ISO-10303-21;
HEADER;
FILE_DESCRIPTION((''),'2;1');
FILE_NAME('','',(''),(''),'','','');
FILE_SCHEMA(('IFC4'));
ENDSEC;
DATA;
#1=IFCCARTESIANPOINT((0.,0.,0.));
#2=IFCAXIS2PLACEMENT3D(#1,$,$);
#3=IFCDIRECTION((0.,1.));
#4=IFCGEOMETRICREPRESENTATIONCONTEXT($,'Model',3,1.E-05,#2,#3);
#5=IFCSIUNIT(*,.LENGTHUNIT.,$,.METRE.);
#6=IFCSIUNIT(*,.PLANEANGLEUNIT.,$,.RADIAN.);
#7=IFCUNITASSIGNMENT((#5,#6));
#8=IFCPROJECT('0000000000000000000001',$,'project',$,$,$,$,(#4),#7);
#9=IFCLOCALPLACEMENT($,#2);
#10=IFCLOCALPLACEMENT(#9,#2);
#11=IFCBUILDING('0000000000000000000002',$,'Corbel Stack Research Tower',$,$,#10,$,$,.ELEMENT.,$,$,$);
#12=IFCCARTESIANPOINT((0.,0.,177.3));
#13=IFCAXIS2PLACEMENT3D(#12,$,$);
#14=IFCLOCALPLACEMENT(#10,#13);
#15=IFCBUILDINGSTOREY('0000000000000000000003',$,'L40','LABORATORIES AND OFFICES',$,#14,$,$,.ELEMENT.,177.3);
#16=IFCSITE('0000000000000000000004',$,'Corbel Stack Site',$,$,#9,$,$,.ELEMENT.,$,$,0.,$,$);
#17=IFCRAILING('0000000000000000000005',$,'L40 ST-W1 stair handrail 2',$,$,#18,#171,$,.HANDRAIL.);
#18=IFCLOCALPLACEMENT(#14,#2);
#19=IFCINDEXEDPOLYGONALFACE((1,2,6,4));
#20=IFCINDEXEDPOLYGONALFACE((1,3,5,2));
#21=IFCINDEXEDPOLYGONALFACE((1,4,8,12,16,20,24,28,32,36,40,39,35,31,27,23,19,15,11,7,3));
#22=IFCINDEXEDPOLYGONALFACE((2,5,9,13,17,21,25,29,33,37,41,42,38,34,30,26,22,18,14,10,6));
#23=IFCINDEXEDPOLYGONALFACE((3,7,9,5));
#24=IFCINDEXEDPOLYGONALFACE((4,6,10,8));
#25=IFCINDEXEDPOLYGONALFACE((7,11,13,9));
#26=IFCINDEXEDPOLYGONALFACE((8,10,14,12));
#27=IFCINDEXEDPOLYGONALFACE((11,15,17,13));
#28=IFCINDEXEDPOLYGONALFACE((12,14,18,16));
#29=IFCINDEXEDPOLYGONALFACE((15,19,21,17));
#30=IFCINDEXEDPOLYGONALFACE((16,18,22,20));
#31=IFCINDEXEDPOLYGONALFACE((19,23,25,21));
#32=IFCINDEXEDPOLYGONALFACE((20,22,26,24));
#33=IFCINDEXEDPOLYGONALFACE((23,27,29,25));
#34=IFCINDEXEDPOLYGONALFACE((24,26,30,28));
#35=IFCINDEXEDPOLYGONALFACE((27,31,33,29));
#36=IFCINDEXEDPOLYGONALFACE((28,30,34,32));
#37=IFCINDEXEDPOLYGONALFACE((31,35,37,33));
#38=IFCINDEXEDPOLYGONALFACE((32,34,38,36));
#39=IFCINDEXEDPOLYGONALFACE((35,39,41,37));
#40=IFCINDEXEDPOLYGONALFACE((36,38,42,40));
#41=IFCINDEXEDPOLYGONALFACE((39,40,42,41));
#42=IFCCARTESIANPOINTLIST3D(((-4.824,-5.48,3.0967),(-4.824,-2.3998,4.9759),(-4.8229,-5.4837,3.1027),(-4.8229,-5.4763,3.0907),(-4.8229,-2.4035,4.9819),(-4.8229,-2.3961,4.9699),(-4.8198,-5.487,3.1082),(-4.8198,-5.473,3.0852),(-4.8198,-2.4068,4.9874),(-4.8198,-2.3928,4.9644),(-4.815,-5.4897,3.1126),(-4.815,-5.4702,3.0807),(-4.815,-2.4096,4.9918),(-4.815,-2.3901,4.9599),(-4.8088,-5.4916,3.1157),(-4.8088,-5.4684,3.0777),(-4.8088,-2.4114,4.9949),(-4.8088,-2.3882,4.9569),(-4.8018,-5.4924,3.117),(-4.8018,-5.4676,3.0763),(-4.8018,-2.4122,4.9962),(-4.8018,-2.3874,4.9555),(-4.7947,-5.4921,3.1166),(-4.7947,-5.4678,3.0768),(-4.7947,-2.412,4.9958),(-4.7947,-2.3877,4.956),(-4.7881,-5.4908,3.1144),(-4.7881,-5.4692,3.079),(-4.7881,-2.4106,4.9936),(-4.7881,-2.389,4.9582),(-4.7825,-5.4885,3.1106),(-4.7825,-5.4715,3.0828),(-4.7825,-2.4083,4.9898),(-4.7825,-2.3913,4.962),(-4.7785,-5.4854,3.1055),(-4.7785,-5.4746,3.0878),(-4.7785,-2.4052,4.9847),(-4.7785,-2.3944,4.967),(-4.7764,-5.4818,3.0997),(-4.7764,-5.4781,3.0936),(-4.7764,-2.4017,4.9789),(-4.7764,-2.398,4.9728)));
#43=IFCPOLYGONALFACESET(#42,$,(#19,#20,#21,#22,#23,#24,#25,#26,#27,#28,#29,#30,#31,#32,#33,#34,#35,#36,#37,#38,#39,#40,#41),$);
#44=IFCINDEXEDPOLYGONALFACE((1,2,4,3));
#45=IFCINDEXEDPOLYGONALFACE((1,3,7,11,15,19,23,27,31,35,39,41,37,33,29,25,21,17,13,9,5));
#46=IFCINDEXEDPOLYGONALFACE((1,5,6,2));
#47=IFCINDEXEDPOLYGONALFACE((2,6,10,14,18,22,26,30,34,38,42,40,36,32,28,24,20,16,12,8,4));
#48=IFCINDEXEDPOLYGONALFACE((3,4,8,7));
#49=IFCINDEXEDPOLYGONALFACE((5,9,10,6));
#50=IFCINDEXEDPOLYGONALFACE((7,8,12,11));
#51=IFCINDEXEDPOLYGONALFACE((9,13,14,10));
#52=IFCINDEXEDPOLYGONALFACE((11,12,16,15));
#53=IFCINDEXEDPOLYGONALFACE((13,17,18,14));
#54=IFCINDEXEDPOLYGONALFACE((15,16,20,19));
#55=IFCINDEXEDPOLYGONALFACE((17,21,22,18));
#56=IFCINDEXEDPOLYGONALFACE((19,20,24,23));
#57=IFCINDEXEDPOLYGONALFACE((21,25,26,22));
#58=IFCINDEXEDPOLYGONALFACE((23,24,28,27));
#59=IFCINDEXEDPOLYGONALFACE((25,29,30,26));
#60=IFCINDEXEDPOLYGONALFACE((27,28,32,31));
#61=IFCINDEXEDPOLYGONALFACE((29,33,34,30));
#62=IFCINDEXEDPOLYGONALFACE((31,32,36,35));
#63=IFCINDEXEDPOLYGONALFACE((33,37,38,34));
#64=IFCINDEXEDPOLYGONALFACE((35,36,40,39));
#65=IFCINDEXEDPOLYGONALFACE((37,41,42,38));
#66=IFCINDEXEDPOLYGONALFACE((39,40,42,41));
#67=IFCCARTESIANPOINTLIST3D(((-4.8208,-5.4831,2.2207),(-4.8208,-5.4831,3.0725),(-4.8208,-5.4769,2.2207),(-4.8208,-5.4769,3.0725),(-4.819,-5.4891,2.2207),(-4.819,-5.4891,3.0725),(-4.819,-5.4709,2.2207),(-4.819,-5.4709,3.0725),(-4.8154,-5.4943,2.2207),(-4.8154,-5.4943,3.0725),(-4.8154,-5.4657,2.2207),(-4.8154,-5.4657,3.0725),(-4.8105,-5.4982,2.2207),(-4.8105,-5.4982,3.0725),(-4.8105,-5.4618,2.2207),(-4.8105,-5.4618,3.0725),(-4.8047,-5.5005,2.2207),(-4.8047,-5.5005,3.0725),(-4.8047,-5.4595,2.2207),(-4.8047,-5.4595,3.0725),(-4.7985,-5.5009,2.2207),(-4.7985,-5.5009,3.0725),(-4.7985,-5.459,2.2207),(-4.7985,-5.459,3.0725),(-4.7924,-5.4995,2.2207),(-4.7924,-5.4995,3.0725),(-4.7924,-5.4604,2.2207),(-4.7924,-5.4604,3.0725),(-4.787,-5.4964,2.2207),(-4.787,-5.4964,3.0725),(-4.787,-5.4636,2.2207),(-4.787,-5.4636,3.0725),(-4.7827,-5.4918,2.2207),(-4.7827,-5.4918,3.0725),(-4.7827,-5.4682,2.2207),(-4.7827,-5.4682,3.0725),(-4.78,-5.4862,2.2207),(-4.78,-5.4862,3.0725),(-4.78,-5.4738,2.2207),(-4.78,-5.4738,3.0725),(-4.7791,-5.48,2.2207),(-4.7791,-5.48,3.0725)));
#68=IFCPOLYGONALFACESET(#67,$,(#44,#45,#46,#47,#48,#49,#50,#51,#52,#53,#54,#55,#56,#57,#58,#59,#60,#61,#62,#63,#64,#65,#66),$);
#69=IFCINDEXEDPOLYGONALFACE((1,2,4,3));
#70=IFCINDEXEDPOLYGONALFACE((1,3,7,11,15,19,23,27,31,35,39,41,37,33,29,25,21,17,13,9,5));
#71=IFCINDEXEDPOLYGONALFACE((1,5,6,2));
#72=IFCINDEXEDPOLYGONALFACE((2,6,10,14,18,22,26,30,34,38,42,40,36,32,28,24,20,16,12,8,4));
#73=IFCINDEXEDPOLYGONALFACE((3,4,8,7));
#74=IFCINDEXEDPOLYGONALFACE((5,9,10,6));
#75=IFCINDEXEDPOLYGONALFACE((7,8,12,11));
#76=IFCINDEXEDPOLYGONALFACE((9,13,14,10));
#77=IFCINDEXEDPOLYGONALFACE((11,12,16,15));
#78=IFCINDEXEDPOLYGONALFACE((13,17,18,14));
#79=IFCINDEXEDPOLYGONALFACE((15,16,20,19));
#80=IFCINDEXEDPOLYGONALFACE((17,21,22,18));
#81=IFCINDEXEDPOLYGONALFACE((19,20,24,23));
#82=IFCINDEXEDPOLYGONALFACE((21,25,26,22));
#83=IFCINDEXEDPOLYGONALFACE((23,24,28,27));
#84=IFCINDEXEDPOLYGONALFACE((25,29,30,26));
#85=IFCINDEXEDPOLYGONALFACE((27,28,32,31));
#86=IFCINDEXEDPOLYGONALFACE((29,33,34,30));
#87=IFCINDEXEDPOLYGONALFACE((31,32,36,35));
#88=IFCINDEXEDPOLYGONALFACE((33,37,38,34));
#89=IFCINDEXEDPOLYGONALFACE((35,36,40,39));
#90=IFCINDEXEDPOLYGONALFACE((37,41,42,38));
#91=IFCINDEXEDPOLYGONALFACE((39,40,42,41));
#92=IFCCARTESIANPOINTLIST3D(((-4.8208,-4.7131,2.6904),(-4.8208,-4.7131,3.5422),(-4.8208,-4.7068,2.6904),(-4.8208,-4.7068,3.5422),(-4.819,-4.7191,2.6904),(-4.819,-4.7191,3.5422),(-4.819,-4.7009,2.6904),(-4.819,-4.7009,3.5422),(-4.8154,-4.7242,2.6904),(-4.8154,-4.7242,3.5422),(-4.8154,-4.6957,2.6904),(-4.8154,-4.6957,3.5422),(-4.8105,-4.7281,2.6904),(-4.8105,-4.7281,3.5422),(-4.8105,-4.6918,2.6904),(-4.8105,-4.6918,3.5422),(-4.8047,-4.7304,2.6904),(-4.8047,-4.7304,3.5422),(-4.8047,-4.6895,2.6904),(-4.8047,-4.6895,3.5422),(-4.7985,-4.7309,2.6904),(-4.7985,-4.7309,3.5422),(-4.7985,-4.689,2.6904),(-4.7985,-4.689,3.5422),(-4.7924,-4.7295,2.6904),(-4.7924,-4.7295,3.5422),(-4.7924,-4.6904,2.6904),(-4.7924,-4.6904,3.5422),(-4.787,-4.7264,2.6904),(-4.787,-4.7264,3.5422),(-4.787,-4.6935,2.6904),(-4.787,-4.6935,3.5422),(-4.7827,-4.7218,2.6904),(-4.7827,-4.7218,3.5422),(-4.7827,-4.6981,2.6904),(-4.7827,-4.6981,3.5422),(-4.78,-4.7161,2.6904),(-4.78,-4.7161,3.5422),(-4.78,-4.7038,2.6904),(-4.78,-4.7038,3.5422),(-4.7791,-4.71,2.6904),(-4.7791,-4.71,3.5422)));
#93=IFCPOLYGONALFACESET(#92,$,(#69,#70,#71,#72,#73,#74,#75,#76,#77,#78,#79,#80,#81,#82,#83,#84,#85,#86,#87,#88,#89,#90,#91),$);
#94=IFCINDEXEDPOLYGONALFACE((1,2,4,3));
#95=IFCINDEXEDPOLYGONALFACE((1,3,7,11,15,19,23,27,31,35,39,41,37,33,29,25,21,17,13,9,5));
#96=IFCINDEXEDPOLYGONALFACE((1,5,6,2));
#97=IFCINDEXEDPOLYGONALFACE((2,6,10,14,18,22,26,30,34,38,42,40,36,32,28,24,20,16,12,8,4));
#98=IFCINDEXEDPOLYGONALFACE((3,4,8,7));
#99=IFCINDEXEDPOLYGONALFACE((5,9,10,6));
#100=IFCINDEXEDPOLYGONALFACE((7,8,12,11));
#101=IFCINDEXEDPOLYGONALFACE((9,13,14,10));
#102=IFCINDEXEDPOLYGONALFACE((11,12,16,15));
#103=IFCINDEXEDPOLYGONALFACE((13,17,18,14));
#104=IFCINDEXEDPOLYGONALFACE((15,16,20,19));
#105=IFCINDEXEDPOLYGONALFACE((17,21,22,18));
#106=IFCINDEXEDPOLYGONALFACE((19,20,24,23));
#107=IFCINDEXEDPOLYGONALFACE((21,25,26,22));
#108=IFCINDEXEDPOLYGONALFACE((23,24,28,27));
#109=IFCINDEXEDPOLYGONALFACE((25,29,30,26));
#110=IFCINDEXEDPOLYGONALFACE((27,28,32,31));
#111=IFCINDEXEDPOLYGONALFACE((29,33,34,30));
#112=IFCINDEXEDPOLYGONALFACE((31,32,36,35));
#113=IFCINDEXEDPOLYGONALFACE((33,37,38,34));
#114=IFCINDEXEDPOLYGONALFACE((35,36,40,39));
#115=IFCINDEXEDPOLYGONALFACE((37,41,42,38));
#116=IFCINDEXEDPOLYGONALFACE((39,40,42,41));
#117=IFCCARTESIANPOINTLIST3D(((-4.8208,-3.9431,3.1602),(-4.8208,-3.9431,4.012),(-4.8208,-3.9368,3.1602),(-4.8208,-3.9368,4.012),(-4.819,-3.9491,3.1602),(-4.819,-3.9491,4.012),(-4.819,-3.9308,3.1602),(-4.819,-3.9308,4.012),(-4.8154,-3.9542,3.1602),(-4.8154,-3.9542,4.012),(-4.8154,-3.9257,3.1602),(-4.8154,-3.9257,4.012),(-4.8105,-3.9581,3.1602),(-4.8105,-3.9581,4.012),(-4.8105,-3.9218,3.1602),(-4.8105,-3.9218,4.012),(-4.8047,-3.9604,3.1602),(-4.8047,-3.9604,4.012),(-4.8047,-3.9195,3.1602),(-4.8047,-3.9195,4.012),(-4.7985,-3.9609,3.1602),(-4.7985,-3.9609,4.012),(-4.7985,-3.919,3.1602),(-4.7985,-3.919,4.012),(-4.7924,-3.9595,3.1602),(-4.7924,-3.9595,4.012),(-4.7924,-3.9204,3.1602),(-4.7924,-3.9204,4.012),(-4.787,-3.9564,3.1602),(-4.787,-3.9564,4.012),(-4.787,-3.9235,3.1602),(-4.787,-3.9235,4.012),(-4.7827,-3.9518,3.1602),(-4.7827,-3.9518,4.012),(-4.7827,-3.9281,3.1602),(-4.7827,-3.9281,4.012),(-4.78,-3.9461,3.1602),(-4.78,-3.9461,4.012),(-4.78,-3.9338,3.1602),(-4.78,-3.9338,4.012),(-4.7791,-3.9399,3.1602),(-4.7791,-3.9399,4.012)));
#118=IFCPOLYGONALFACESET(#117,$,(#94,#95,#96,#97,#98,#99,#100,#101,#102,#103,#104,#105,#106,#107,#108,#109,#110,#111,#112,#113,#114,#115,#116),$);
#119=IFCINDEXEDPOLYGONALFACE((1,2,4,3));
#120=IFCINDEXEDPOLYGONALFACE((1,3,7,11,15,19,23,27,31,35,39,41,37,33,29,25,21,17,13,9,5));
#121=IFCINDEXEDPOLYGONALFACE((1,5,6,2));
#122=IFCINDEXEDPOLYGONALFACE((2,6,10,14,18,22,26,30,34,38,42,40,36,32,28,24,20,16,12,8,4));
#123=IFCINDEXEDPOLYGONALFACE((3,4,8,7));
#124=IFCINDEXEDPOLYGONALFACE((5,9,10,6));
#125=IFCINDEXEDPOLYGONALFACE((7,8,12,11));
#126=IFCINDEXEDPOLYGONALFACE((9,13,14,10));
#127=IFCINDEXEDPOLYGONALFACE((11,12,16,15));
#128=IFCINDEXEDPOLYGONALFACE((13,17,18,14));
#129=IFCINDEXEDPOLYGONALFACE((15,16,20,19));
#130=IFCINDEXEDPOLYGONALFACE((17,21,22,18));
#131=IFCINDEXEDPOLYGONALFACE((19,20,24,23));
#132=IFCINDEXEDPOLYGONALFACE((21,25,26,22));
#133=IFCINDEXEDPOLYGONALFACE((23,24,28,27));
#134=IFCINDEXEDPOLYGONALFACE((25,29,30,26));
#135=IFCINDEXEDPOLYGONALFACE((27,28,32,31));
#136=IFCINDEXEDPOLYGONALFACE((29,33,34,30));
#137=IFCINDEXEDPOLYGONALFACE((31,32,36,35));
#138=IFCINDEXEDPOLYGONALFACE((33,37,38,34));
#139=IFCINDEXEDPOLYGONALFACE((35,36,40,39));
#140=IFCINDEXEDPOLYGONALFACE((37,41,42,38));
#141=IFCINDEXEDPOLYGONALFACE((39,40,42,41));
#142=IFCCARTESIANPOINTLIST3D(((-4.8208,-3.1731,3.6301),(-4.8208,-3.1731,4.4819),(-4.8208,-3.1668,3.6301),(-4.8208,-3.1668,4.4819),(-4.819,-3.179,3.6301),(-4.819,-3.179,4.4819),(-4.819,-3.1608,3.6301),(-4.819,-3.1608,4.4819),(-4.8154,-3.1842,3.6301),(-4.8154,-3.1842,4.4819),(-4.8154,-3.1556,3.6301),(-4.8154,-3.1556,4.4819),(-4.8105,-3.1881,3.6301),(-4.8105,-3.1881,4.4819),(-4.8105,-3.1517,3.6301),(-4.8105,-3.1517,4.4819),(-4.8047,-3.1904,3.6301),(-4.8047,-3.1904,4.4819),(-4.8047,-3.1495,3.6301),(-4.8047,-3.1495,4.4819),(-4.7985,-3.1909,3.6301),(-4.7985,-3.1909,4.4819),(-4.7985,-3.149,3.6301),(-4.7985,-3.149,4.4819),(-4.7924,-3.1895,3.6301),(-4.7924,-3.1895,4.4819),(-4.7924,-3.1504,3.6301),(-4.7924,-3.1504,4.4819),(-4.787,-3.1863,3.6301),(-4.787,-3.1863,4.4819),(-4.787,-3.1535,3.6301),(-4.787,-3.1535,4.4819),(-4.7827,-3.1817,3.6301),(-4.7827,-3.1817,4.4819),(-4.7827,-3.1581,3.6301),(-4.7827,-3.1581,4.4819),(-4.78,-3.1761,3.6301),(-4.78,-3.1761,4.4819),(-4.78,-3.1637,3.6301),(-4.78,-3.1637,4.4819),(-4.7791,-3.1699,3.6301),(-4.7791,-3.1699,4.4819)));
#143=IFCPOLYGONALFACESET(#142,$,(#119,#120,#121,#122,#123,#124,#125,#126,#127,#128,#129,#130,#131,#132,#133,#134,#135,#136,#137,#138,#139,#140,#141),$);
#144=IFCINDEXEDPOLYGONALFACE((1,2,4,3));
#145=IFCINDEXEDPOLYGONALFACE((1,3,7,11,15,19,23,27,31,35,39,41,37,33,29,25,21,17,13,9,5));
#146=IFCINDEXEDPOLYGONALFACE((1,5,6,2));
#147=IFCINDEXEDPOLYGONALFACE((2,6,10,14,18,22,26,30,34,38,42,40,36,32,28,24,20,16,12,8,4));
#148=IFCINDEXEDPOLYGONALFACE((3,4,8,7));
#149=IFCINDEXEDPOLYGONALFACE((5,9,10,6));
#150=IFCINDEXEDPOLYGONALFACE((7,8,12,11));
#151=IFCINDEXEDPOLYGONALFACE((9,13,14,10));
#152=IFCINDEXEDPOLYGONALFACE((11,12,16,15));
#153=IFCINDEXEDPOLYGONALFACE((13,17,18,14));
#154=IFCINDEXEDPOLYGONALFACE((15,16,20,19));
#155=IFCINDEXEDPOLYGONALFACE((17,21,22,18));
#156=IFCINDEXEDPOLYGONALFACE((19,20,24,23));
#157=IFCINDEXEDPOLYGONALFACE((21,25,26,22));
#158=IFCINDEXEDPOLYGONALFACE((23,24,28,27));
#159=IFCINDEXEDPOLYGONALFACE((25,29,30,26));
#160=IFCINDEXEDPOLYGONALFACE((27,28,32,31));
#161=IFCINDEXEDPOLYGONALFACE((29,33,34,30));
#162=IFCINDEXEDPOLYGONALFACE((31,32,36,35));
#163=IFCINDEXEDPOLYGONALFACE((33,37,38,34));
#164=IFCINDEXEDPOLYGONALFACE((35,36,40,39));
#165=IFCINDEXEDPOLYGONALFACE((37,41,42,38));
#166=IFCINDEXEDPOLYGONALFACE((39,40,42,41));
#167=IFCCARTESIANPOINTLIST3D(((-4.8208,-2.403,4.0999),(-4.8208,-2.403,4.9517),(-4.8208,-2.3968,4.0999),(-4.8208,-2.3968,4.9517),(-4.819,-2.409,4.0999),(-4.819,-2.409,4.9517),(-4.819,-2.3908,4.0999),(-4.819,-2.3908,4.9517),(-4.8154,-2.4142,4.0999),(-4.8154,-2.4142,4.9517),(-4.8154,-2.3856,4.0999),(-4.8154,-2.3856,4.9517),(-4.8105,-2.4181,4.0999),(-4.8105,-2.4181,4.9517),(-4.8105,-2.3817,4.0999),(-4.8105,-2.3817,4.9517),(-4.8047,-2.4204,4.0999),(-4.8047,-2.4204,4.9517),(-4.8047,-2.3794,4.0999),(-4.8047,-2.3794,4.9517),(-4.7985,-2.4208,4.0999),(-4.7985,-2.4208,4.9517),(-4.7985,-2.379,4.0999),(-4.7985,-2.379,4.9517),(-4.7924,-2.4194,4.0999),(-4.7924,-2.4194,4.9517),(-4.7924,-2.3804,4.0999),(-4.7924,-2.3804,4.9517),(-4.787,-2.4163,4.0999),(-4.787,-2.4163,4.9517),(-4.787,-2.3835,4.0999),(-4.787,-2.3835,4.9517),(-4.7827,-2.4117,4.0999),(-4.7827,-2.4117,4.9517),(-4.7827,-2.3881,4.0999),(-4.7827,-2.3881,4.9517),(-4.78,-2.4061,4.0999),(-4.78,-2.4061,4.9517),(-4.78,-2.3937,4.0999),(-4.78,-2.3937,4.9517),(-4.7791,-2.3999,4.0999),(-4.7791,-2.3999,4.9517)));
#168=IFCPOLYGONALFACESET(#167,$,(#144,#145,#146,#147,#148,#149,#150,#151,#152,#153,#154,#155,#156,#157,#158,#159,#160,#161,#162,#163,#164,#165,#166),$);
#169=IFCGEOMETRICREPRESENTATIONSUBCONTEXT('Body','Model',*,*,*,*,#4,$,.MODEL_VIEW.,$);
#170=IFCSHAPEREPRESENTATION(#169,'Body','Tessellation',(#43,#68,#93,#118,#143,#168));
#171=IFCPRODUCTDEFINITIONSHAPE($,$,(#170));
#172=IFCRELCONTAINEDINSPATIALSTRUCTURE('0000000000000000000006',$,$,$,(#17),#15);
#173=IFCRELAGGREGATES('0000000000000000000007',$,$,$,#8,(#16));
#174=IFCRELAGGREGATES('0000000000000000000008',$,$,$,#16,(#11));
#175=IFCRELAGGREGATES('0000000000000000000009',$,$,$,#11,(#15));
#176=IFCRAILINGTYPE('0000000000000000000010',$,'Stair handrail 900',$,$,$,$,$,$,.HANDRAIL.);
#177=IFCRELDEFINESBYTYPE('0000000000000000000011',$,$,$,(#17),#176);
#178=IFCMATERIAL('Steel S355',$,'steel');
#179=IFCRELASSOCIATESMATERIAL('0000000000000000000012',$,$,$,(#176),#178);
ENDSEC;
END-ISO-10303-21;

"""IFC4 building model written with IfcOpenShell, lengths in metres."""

from ifc_helpers import new_model, si_unit, direction, frame, origin, origin_2d, place, context, subcontext, project, spatial, circle, extrude, material, type_object, element, save


model = new_model("IFC4")

# Units and contexts
model_context = context("Model", 3, precision=1e-05, world=origin(), true_north=direction((0.0, 1.0)))
body_context = subcontext(model_context, "Body", "Model", "MODEL_VIEW")
ifc_project = project(units=[si_unit("LENGTHUNIT", "METRE"), si_unit("PLANEANGLEUNIT", "RADIAN")], contexts=[model_context])

# Site, building, storey
site_placement = place(None, origin())
site = spatial("IfcSite", under=ifc_project, at=site_placement, Name="Corbel Stack Site", CompositionType="ELEMENT", RefElevation=0.0)
building_placement = place(site_placement, origin())
building = spatial("IfcBuilding", under=site, at=building_placement, Name="Corbel Stack Research Tower", CompositionType="ELEMENT")
storey_placement = place(building_placement, frame((0.0, 0.0, 177.3)))
storey = spatial("IfcBuildingStorey", under=building, at=storey_placement, Name="L40", Description="LABORATORIES AND OFFICES", CompositionType="ELEMENT", Elevation=177.3)

# Railing
ifc_material_1 = material(Name="Steel S355", Category="steel")
railing_type_1 = type_object("IfcRailingType", Name="Stair handrail 900", PredefinedType="HANDRAIL", material=ifc_material_1)
railing_1_placement = place(storey_placement, frame((-4.8, -5.48, 2.2207)))
element("IfcRailing", 1, at=railing_1_placement, inside=storey, type_object=railing_type_1, Name="L40 ST-W1 stair handrail 2", PredefinedType="HANDRAIL", context=body_context, shape_type="SweptSolid", body=[
    extrude(circle(Radius=0.0239, at=origin_2d()), frame((0.0, 0.0, 0.876), z_axis=(0.0, 0.853666, 0.52082), x_axis=(-1.0, 0.0, 0.0)), (0.0, 0.0, 1.0), 3.6082),
    extrude(circle(Radius=0.021, at=origin_2d()), origin(), (0.0, 0.0, 1.0), 0.8518),
    extrude(circle(Radius=0.021, at=origin_2d()), frame((0.0, 0.77, 0.4697)), (0.0, 0.0, 1.0), 0.8518),
    extrude(circle(Radius=0.021, at=origin_2d()), frame((0.0, 1.54, 0.9395)), (0.0, 0.0, 1.0), 0.8518),
    extrude(circle(Radius=0.021, at=origin_2d()), frame((0.0, 2.3101, 1.4094)), (0.0, 0.0, 1.0), 0.8518),
    extrude(circle(Radius=0.021, at=origin_2d()), frame((0.0, 3.0801, 1.8792)), (0.0, 0.0, 1.0), 0.8518),
])

save(model, "model.ifc")
